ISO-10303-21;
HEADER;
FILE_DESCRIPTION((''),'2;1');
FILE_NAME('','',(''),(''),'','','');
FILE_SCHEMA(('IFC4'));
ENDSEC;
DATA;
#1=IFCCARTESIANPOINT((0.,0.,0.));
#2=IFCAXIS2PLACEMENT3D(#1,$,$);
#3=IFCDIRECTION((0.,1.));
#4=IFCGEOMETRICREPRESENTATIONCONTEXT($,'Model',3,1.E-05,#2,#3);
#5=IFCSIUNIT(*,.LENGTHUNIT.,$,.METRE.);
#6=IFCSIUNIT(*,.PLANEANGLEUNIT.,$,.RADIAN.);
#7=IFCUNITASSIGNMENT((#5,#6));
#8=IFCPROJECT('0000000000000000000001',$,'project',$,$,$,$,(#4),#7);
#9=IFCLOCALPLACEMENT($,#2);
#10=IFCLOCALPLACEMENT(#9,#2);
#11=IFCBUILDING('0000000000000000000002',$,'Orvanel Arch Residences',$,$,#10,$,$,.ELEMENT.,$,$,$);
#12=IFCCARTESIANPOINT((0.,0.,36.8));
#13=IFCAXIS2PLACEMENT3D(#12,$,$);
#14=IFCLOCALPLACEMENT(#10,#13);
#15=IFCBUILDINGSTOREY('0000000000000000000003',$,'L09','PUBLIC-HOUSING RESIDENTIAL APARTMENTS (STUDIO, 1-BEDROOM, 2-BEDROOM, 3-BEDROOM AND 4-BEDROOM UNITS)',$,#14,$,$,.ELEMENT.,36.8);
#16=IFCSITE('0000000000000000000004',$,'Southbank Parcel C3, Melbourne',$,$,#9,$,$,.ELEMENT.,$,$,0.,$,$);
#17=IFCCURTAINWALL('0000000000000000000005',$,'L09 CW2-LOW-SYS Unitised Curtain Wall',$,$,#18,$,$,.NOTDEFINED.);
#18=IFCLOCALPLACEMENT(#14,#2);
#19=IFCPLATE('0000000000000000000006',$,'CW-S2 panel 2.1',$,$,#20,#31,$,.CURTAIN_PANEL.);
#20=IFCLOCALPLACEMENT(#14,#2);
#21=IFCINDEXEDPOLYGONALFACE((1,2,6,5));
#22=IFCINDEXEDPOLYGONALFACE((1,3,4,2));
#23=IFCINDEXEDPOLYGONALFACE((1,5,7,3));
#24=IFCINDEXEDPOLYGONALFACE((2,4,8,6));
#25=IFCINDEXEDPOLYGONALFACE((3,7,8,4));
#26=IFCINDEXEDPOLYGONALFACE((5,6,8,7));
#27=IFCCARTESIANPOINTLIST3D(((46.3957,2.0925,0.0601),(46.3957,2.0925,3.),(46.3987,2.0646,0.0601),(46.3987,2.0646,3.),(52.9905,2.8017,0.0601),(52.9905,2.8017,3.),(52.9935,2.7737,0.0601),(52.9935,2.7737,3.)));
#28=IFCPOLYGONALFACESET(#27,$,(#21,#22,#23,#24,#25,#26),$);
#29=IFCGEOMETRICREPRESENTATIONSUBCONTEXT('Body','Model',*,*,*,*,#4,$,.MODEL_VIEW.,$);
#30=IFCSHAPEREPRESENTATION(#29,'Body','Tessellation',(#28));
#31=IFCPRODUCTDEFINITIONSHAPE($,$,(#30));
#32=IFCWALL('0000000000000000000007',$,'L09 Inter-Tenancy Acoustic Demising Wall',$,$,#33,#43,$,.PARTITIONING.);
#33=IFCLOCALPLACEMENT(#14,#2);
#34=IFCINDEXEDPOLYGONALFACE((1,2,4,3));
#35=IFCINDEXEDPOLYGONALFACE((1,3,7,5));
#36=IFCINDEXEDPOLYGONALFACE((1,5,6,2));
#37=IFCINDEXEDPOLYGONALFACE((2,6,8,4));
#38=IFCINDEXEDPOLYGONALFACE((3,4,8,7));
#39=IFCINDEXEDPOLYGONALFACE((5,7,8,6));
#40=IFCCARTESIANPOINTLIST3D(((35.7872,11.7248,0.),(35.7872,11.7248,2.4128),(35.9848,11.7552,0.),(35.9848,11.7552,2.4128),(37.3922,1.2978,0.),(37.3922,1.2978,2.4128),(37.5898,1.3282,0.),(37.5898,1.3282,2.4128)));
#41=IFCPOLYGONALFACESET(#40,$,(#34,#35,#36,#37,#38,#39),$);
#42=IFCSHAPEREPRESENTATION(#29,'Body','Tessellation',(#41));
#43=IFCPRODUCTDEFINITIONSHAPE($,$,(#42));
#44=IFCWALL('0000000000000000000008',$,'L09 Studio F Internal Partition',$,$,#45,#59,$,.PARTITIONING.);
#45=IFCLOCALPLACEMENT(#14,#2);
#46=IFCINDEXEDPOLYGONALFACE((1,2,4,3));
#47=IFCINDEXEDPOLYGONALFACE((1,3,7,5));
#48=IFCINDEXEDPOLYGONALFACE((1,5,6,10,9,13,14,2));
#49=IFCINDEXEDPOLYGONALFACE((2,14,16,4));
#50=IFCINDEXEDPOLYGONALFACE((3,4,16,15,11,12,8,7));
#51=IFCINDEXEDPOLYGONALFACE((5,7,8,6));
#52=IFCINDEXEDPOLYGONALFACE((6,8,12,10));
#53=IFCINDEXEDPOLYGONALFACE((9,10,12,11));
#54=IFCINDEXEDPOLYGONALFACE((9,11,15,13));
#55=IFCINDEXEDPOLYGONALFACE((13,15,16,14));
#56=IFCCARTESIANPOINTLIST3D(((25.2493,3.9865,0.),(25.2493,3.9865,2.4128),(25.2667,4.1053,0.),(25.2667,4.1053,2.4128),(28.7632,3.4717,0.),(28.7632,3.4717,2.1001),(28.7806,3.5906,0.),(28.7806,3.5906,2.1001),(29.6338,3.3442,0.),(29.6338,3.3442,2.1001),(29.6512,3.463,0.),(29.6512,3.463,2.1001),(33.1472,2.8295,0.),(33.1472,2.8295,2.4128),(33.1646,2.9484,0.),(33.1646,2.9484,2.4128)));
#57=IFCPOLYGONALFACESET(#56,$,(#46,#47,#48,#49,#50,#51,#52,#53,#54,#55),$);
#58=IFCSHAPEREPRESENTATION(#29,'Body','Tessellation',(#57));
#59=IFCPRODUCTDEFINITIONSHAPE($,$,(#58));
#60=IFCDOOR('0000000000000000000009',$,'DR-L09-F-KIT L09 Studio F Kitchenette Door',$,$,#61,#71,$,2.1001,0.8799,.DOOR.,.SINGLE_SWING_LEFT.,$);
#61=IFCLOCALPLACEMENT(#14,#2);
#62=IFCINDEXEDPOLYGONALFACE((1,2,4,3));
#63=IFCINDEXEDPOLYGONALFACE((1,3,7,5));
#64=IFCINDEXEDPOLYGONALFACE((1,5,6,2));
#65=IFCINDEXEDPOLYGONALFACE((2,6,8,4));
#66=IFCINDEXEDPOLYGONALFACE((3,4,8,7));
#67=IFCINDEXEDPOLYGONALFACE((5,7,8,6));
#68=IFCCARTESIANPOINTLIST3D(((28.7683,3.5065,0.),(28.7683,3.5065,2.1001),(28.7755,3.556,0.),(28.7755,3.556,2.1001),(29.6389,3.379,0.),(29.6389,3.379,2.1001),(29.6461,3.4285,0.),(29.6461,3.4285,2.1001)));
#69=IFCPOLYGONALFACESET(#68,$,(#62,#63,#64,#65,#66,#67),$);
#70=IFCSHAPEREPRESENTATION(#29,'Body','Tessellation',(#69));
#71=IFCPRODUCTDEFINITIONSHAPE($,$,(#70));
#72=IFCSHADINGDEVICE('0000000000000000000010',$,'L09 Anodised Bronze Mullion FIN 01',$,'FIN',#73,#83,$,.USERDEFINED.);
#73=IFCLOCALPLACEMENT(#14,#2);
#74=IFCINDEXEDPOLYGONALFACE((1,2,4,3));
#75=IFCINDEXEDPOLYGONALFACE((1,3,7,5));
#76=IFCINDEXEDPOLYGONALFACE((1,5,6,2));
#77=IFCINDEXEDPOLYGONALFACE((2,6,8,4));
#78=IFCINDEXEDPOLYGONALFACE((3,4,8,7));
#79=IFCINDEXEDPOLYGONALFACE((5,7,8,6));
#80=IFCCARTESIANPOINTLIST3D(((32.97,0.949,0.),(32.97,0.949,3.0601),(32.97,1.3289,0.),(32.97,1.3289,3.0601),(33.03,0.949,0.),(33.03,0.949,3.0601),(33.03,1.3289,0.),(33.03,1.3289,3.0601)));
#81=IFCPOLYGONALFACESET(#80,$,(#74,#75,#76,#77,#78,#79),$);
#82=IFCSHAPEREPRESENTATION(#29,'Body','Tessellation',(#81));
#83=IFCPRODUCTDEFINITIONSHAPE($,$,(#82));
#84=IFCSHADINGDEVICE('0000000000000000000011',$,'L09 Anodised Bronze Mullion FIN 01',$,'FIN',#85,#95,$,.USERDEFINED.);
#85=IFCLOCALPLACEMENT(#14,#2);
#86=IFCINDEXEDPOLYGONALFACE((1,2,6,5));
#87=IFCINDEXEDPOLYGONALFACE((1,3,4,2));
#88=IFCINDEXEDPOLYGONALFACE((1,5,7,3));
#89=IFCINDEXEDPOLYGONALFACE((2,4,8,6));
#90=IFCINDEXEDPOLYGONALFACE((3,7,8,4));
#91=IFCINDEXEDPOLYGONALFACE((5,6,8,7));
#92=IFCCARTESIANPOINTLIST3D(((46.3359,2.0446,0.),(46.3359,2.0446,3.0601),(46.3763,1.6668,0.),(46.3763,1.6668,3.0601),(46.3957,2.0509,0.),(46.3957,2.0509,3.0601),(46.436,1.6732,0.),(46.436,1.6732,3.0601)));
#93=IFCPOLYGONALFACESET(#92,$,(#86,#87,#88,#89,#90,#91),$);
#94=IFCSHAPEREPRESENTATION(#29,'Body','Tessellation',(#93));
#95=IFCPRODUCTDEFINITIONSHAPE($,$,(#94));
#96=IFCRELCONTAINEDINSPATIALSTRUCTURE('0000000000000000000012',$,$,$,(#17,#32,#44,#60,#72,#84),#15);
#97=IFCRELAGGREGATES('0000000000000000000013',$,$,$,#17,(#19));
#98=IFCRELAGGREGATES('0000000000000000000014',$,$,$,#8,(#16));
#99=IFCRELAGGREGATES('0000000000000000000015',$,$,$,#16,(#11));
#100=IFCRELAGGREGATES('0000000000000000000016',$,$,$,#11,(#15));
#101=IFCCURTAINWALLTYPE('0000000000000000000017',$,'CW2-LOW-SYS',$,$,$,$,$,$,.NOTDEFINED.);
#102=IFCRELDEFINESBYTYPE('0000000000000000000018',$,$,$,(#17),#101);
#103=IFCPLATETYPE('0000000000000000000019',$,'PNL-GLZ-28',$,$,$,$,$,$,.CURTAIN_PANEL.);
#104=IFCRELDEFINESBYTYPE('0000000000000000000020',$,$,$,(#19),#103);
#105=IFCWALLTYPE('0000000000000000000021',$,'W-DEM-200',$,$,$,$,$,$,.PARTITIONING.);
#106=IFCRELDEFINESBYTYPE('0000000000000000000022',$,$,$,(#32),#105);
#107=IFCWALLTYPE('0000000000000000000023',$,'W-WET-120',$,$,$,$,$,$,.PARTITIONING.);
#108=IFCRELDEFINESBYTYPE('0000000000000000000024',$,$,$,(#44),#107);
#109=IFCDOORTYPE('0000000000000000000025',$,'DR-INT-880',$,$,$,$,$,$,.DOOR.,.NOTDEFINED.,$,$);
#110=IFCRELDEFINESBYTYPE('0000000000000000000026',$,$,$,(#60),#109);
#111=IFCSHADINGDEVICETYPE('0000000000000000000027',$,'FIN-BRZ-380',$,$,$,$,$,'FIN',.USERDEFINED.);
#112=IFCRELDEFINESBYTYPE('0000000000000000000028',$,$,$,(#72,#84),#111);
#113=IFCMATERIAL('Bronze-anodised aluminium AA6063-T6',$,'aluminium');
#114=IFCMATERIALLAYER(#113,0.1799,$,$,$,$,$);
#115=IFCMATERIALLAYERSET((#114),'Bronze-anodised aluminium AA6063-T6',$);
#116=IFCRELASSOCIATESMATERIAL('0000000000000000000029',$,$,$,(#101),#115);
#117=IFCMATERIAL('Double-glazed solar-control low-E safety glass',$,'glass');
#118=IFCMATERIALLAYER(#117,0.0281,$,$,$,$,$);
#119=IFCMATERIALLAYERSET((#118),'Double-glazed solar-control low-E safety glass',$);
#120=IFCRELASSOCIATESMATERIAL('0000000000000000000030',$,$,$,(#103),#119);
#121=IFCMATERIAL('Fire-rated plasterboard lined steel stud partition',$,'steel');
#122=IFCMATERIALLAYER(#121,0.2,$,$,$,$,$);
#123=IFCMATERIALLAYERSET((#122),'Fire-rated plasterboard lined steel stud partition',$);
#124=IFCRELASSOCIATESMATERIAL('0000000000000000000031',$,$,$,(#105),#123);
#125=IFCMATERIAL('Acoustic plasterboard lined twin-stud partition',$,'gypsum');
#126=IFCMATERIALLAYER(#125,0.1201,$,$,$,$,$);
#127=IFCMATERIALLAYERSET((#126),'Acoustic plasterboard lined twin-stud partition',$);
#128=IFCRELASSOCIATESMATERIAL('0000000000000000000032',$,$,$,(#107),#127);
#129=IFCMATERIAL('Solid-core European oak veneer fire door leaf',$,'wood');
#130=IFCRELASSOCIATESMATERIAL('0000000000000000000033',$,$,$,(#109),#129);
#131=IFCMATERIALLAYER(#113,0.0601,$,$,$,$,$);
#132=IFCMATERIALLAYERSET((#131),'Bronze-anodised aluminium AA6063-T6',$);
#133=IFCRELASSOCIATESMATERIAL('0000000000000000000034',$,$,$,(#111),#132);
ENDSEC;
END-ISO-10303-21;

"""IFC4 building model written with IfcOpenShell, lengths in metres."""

from ifc_helpers import new_model, si_unit, direction, frame, frame_2d, origin, origin_2d, place, context, subcontext, project, spatial, rectangle, extrude, material, layer, layer_set, type_object, element, fill, aggregate, save


model = new_model("IFC4")

# Units and contexts
model_context = context("Model", 3, precision=1e-05, world=origin(), true_north=direction((0.0, 1.0)))
body_context = subcontext(model_context, "Body", "Model", "MODEL_VIEW")
ifc_project = project(units=[si_unit("LENGTHUNIT", "METRE"), si_unit("PLANEANGLEUNIT", "RADIAN")], contexts=[model_context])

# Site, building, storey
site_placement = place(None, origin())
site = spatial("IfcSite", under=ifc_project, at=site_placement, Name="Southbank Parcel C3, Melbourne", CompositionType="ELEMENT", RefElevation=0.0)
building_placement = place(site_placement, origin())
building = spatial("IfcBuilding", under=site, at=building_placement, Name="Orvanel Arch Residences", CompositionType="ELEMENT")
storey_placement = place(building_placement, frame((0.0, 0.0, 36.8)))
storey = spatial("IfcBuildingStorey", under=building, at=storey_placement, Name="L09", Description="PUBLIC-HOUSING RESIDENTIAL APARTMENTS (STUDIO, 1-BEDROOM, 2-BEDROOM, 3-BEDROOM AND 4-BEDROOM UNITS)", CompositionType="ELEMENT", Elevation=36.8)

# Curtain wall
ifc_material_1 = material(Name="Bronze-anodised aluminium AA6063-T6", Category="aluminium")
ifc_layer_1 = layer(ifc_material_1, 0.1799)
ifc_layer_set_1 = layer_set([ifc_layer_1], Name="Bronze-anodised aluminium AA6063-T6")
curtain_wall_type = type_object("IfcCurtainWallType", Name="CW2-LOW-SYS", PredefinedType="NOTDEFINED", material=ifc_layer_set_1)
curtain_wall_1_placement = place(storey_placement, origin())
curtain_wall_1 = element("IfcCurtainWall", 1, at=curtain_wall_1_placement, inside=storey, type_object=curtain_wall_type, Name="L09 CW2-LOW-SYS Unitised Curtain Wall", PredefinedType="NOTDEFINED")

# Plate
ifc_material_2 = material(Name="Double-glazed solar-control low-E safety glass", Category="glass")
ifc_layer_2 = layer(ifc_material_2, 0.0281)
ifc_layer_set_2 = layer_set([ifc_layer_2], Name="Double-glazed solar-control low-E safety glass")
plate_type = type_object("IfcPlateType", Name="PNL-GLZ-28", PredefinedType="CURTAIN_PANEL", material=ifc_layer_set_2)
plate_1_placement = place(storey_placement, frame((49.6946, 2.4331, 0.0601), z_axis=(0.0, 0.0, 1.0), x_axis=(0.994267, 0.106921, 0.0)))
plate_1 = element("IfcPlate", 2, at=plate_1_placement, type_object=plate_type, Name="CW-S2 panel 2.1", PredefinedType="CURTAIN_PANEL", context=body_context, shape_type="SweptSolid", body=[
    extrude(rectangle(XDim=6.6328, YDim=0.0281, at=origin_2d()), origin(), (0.0, 0.0, 1.0), 2.9399),
])
aggregate(curtain_wall_1, [plate_1])

# Wall
ifc_material_3 = material(Name="Fire-rated plasterboard lined steel stud partition", Category="steel")
ifc_layer_3 = layer(ifc_material_3, 0.2)
ifc_layer_set_3 = layer_set([ifc_layer_3], Name="Fire-rated plasterboard lined steel stud partition")
wall_type_1 = type_object("IfcWallType", Name="W-DEM-200", PredefinedType="PARTITIONING", material=ifc_layer_set_3)
wall_1_placement = place(storey_placement, frame((37.491, 1.313, 0.0), z_axis=(0.0, 0.0, 1.0), x_axis=(-0.152134, 0.98836, 0.0)))
element("IfcWall", 3, at=wall_1_placement, inside=storey, type_object=wall_type_1, Name="L09 Inter-Tenancy Acoustic Demising Wall", PredefinedType="PARTITIONING", context=body_context, shape_type="SweptSolid", body=[
    extrude(rectangle(XDim=10.5498, YDim=0.2, at=frame_2d((5.2749, 0.0))), origin(), (0.0, 0.0, 1.0), 2.4128),
])

# Wall, opening, door
ifc_material_4 = material(Name="Acoustic plasterboard lined twin-stud partition", Category="gypsum")
ifc_layer_4 = layer(ifc_material_4, 0.1201)
ifc_layer_set_4 = layer_set([ifc_layer_4], Name="Acoustic plasterboard lined twin-stud partition")
wall_type_2 = type_object("IfcWallType", Name="W-WET-120", PredefinedType="PARTITIONING", material=ifc_layer_set_4)
wall_2_placement = place(storey_placement, frame((33.156, 2.8889, 0.0), z_axis=(0.0, 0.0, 1.0), x_axis=(-0.98944, 0.144945, 0.0)))
wall_2 = element("IfcWall", 4, at=wall_2_placement, inside=storey, type_object=wall_type_2, Name="L09 Studio F Internal Partition", PredefinedType="PARTITIONING", context=body_context, shape_type="SweptSolid", body=[
    extrude(rectangle(XDim=7.9822, YDim=0.1201, at=frame_2d((3.9912, 0.0))), origin(), (0.0, 0.0, 1.0), 2.4128),
])
opening_placement = place(wall_2_placement, frame((3.551, 0.0, 0.0)))
opening = element("IfcOpeningElement", 5, at=opening_placement, cuts=wall_2, PredefinedType="OPENING", context=body_context, shape_type="SweptSolid", body=[
    extrude(rectangle(XDim=0.8799, YDim=2.1001, at=frame_2d((0.4399, 1.05))), frame((0.0, 0.0701, 0.0), z_axis=(0.0, -1.0, 0.0), x_axis=(1.0, 0.0, 0.0)), (0.0, 0.0, 1.0), 0.1401),
])
ifc_material_5 = material(Name="Solid-core European oak veneer fire door leaf", Category="wood")
door_type = type_object("IfcDoorType", Name="DR-INT-880", OperationType="NOTDEFINED", PredefinedType="DOOR", material=ifc_material_5)
door_placement = place(opening_placement, origin())
door = element("IfcDoor", 6, at=door_placement, inside=storey, type_object=door_type, Name="DR-L09-F-KIT L09 Studio F Kitchenette Door", OperationType="SINGLE_SWING_LEFT", OverallHeight=2.1001, OverallWidth=0.8799, PredefinedType="DOOR", context=body_context, shape_type="SweptSolid", body=[
    extrude(rectangle(XDim=0.8799, YDim=2.1001, at=frame_2d((0.4399, 1.05))), frame((0.0, 0.0249, 0.0), z_axis=(0.0, -1.0, 0.0), x_axis=(1.0, 0.0, 0.0)), (0.0, 0.0, 1.0), 0.05),
])
fill(opening, door)

# Shading devices
ifc_layer_5 = layer(ifc_material_1, 0.0601)
ifc_layer_set_5 = layer_set([ifc_layer_5], Name="Bronze-anodised aluminium AA6063-T6")
shading_device_type = type_object("IfcShadingDeviceType", Name="FIN-BRZ-380", ElementType="FIN", PredefinedType="USERDEFINED", material=ifc_layer_set_5)
for number, where, z_axis, x_axis, name in (
    (7, (33.0, 1.1389, 0.0), (0.0, 0.0, 1.0), (0.0, -1.0, 0.0), "L09 Anodised Bronze Mullion FIN 01"),
    (8, (46.386, 1.8589, 0.0), (0.0, 0.0, 1.0), (0.106264, -0.994338, 0.0), "L09 Anodised Bronze Mullion FIN 01"),
):
    element("IfcShadingDevice", number, at=place(storey_placement, frame(where, z_axis=z_axis, x_axis=x_axis)), inside=storey, type_object=shading_device_type, Name=name, ObjectType="FIN", PredefinedType="USERDEFINED", context=body_context, shape_type="SweptSolid", body=[
        extrude(rectangle(XDim=0.3799, YDim=0.0601, at=origin_2d()), origin(), (0.0, 0.0, 1.0), 3.0601),
    ])

save(model, "model.ifc")
